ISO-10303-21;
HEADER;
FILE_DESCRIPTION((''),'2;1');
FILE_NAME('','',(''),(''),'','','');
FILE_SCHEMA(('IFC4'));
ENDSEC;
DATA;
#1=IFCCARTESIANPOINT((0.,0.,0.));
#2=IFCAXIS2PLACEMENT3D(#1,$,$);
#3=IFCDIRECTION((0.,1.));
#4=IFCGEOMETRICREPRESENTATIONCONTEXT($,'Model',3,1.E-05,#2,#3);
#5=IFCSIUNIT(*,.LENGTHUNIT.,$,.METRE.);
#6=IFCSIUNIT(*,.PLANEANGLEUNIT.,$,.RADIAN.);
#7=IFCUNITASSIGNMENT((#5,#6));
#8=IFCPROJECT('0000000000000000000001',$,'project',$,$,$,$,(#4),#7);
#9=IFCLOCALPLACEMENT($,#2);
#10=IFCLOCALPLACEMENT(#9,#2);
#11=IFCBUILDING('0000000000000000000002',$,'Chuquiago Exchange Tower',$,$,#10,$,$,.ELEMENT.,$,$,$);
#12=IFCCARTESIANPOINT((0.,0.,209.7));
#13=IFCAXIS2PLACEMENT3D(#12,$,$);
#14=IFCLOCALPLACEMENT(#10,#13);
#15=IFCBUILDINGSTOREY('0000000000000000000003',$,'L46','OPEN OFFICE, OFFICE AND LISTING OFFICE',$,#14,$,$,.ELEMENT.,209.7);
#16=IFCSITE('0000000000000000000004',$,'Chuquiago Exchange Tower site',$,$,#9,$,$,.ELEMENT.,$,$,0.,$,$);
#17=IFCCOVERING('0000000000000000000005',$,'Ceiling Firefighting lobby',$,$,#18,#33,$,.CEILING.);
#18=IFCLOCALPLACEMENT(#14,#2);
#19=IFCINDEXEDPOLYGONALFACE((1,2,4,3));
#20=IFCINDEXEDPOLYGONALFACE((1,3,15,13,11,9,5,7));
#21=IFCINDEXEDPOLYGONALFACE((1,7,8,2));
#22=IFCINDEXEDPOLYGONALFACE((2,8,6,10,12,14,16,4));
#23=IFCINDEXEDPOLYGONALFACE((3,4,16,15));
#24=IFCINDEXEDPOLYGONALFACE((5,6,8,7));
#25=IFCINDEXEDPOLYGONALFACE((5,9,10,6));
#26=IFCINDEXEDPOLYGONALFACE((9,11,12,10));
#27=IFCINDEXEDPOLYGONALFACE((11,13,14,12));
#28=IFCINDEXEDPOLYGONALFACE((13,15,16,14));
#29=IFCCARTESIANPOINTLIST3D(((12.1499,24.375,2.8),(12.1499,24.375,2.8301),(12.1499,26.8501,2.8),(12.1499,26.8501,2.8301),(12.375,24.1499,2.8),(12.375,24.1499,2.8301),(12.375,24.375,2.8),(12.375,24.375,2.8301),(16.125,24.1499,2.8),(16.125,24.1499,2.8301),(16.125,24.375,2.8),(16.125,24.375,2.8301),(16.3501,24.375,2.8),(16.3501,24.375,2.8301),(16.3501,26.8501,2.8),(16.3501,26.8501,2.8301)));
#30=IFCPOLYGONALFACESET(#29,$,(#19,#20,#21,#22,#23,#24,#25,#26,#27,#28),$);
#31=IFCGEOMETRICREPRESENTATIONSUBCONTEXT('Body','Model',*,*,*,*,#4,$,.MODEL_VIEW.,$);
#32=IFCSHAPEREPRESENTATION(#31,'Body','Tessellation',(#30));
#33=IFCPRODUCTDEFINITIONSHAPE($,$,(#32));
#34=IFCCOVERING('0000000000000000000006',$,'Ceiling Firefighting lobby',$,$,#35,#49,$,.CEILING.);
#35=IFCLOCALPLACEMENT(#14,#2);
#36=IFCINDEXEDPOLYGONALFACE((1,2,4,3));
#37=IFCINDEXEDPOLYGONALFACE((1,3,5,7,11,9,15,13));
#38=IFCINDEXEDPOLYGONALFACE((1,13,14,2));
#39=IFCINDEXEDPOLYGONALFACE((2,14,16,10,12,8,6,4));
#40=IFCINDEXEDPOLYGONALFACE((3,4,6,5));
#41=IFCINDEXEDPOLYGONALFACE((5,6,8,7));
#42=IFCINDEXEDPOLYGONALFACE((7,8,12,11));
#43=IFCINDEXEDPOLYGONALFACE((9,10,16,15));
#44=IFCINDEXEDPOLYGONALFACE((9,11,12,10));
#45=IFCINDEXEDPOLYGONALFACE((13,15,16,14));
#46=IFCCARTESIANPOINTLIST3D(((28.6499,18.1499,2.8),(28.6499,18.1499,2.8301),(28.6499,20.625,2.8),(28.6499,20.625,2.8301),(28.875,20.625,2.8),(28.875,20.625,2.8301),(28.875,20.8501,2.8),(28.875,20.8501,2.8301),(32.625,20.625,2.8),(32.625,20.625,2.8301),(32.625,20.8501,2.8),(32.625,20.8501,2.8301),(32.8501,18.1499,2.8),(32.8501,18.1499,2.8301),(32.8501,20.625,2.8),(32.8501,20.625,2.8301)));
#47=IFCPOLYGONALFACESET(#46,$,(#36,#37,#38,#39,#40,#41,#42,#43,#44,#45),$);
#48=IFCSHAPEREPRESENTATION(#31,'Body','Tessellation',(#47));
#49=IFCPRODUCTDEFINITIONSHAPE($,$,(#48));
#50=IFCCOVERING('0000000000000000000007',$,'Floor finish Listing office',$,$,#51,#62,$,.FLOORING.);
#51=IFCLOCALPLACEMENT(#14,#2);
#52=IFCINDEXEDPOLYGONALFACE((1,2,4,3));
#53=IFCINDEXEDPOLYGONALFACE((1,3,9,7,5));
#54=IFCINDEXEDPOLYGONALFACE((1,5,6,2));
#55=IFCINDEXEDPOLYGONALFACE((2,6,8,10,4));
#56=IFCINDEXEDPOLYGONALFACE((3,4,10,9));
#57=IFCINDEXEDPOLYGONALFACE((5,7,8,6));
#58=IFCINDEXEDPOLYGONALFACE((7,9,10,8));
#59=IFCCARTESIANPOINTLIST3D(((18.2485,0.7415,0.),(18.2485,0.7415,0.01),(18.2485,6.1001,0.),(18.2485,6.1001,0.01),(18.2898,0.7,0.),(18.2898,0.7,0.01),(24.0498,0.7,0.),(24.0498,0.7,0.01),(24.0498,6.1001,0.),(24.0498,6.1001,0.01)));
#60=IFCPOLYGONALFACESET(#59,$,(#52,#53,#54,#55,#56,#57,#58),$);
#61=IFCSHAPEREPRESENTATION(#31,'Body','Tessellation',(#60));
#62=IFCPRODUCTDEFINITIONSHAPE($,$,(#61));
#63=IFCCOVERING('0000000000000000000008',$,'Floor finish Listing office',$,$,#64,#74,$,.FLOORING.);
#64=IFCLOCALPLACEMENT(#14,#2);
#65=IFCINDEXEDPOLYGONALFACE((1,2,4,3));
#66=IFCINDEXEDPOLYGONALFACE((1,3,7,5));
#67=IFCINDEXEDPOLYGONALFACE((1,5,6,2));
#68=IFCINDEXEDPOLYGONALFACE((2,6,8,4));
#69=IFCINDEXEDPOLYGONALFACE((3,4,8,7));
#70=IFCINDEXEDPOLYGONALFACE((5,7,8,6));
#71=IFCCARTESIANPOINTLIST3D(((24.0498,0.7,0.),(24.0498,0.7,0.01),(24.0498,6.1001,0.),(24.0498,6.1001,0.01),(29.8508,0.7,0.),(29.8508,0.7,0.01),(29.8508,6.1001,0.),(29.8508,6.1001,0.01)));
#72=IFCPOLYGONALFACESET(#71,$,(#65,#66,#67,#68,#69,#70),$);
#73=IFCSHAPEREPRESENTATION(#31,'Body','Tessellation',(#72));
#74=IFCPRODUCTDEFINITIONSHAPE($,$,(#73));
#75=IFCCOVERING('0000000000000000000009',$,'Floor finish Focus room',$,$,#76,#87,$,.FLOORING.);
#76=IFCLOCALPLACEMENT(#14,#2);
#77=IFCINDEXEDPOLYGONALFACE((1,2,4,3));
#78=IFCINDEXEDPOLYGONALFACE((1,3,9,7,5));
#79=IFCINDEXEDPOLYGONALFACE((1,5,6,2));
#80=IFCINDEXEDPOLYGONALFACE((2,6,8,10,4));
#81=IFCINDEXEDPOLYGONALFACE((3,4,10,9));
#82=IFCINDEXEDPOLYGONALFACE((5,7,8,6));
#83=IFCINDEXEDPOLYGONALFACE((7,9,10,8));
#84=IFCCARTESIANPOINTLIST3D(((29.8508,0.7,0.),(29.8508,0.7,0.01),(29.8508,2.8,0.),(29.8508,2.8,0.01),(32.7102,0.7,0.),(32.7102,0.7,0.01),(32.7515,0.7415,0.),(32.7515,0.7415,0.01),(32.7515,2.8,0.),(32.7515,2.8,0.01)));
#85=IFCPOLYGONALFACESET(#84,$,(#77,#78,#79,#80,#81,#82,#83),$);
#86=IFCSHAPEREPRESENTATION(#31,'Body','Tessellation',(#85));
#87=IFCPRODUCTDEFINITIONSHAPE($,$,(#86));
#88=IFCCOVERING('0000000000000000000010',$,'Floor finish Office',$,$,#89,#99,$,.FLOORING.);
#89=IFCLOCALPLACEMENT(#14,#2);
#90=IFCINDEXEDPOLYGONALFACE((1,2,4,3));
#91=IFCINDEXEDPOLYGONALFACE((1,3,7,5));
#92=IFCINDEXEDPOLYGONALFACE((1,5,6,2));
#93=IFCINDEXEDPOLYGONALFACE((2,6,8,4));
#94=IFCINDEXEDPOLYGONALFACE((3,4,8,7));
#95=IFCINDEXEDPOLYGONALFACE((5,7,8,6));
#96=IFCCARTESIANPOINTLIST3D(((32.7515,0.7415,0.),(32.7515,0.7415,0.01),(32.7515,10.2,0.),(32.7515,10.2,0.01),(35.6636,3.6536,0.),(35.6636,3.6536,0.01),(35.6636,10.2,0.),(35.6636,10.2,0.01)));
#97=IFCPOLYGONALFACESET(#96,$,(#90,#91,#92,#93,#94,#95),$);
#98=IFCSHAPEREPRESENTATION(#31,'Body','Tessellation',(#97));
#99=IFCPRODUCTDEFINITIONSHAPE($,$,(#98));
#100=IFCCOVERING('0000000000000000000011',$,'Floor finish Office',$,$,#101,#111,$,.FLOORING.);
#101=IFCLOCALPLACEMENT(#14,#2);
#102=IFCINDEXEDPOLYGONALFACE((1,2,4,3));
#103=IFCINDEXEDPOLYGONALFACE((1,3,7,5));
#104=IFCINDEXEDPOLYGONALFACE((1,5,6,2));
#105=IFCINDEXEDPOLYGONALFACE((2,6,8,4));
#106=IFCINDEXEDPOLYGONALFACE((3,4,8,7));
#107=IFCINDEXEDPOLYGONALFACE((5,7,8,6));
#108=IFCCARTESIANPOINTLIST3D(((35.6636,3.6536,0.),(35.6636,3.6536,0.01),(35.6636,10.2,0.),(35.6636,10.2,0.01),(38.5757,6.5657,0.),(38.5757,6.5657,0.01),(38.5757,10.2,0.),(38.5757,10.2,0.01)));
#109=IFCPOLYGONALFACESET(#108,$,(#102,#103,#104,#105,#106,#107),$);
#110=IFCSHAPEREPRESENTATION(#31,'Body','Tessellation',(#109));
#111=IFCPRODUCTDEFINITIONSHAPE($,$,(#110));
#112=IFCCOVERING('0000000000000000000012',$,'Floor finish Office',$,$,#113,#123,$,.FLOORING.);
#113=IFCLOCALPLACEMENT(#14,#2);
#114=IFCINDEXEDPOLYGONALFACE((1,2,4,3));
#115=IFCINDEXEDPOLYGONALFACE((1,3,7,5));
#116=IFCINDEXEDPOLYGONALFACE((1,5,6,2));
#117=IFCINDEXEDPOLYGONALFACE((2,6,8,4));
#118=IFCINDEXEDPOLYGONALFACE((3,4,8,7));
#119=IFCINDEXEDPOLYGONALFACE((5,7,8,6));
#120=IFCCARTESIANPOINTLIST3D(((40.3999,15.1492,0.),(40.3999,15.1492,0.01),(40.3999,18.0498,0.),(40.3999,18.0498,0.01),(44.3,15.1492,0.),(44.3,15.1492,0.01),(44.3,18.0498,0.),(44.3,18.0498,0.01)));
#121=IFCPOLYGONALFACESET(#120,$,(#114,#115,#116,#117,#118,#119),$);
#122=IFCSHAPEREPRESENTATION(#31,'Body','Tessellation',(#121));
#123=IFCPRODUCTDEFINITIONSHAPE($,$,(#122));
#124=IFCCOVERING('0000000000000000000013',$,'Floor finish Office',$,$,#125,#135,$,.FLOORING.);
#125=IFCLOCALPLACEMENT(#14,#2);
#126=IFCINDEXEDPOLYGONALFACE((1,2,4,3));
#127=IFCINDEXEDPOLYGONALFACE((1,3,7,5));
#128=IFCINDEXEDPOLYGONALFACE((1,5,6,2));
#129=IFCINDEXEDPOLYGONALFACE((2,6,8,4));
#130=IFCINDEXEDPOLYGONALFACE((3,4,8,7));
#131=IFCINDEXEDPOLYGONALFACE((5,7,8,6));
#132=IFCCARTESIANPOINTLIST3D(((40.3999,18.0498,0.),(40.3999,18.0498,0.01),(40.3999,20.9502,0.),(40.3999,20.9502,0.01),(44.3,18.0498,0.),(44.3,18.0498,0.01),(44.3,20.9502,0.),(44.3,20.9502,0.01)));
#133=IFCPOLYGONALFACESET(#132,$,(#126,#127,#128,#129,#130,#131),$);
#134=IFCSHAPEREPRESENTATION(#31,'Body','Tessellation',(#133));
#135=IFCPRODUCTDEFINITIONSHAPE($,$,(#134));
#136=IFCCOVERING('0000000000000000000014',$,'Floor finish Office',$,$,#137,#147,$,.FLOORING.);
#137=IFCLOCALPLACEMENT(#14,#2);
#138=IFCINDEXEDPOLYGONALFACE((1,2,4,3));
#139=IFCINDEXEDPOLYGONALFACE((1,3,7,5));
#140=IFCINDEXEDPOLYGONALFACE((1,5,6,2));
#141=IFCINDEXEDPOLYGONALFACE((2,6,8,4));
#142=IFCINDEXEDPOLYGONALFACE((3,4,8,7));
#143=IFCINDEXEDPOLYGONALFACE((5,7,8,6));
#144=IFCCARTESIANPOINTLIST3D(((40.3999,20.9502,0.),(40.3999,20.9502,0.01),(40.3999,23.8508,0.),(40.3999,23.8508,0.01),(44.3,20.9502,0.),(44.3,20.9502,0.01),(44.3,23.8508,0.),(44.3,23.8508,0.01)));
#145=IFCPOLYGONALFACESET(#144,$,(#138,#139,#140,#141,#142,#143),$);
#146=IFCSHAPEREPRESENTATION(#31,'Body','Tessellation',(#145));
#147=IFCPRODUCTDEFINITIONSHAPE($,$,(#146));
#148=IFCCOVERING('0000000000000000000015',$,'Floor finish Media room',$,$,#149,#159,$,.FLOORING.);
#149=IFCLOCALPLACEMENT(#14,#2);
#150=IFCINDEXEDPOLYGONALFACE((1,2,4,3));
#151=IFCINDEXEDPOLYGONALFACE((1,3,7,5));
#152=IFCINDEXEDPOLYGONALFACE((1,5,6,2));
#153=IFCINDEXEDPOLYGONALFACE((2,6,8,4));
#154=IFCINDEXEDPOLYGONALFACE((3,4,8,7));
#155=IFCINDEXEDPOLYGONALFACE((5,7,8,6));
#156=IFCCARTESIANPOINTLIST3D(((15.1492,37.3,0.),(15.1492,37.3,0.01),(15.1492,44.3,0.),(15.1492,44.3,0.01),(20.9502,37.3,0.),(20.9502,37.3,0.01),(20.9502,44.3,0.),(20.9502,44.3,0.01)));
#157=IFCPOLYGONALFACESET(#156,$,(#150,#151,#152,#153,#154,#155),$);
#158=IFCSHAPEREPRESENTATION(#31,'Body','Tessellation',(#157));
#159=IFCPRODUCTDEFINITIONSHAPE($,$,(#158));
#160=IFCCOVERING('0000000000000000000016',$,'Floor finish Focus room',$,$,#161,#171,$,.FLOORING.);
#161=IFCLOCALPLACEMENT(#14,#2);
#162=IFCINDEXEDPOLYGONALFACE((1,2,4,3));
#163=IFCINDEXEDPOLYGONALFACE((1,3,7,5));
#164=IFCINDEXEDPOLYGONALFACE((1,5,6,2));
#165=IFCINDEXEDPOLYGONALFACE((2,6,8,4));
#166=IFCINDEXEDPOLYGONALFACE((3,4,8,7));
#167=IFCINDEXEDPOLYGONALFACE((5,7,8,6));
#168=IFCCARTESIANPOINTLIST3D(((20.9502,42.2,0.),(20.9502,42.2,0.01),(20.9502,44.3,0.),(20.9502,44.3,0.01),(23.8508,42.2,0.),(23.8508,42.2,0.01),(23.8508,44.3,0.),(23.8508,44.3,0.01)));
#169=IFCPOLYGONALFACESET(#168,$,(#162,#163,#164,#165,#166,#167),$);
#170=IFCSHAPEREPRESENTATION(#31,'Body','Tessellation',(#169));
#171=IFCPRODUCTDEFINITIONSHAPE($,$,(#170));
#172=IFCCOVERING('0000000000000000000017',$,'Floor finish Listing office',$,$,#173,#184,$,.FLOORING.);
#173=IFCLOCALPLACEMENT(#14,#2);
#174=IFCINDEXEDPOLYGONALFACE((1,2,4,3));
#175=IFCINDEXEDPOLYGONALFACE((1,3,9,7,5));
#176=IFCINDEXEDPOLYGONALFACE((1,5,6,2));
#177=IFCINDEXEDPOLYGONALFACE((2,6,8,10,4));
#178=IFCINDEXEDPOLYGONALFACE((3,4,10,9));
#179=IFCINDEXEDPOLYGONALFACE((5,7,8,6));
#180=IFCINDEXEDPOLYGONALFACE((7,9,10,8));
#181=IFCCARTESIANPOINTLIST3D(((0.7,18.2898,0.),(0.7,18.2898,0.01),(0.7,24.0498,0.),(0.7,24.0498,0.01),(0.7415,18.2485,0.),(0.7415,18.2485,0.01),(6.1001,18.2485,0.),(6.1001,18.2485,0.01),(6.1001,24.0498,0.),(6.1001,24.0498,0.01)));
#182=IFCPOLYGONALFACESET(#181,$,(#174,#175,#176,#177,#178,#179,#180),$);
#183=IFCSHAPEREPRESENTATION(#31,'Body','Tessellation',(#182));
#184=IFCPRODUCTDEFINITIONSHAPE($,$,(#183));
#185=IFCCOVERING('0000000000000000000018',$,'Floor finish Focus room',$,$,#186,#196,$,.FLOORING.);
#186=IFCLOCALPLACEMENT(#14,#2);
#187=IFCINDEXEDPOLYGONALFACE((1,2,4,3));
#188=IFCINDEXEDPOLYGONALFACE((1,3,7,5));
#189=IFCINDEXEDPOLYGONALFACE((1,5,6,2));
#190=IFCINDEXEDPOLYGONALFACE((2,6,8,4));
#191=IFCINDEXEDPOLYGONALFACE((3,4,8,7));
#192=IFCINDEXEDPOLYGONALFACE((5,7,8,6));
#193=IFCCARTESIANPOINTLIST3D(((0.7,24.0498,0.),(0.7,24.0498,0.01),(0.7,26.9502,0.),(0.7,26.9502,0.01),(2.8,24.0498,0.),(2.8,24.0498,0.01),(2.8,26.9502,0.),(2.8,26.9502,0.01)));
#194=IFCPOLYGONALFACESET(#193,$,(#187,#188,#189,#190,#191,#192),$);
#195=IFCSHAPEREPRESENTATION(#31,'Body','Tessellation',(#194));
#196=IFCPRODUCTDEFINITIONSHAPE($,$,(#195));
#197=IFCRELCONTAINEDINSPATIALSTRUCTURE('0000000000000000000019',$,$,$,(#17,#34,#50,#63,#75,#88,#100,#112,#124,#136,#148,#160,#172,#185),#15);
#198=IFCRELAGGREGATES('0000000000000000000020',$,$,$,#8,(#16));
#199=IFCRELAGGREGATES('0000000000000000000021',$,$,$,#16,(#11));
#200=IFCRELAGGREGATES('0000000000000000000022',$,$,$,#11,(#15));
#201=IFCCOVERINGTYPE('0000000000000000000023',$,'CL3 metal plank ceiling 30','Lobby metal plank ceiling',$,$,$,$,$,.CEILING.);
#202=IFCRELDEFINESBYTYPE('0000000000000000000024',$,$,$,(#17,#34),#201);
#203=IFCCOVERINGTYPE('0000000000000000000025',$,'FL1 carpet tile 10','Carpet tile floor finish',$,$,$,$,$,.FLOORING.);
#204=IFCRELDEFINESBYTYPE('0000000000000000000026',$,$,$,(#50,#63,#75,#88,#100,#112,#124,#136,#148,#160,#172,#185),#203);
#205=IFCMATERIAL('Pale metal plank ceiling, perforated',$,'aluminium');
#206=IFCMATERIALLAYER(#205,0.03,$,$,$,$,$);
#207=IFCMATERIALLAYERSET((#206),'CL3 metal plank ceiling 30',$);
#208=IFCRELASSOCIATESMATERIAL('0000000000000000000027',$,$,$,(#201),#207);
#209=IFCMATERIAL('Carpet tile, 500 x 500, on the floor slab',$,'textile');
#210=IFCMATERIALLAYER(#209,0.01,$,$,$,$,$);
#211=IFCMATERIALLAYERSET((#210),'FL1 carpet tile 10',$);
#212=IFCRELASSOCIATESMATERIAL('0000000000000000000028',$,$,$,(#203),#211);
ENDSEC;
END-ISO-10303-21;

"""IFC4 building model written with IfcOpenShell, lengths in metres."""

from ifc_helpers import new_model, si_unit, direction, frame, origin, place, context, subcontext, project, spatial, polyline, outline, extrude, material, layer, layer_set, type_object, element, save


model = new_model("IFC4")

# Units and contexts
model_context = context("Model", 3, precision=1e-05, world=origin(), true_north=direction((0.0, 1.0)))
body_context = subcontext(model_context, "Body", "Model", "MODEL_VIEW")
ifc_project = project(units=[si_unit("LENGTHUNIT", "METRE"), si_unit("PLANEANGLEUNIT", "RADIAN")], contexts=[model_context])

# Site, building, storey
site_placement = place(None, origin())
site = spatial("IfcSite", under=ifc_project, at=site_placement, Name="Chuquiago Exchange Tower site", CompositionType="ELEMENT", RefElevation=0.0)
building_placement = place(site_placement, origin())
building = spatial("IfcBuilding", under=site, at=building_placement, Name="Chuquiago Exchange Tower", CompositionType="ELEMENT")
storey_placement = place(building_placement, frame((0.0, 0.0, 209.7)))
storey = spatial("IfcBuildingStorey", under=building, at=storey_placement, Name="L46", Description="OPEN OFFICE, OFFICE AND LISTING OFFICE", CompositionType="ELEMENT", Elevation=209.7)

# Coverings
ifc_material_1 = material(Name="Pale metal plank ceiling, perforated", Category="aluminium")
ifc_layer_1 = layer(ifc_material_1, 0.03)
ifc_layer_set_1 = layer_set([ifc_layer_1], Name="CL3 metal plank ceiling 30")
covering_type_1 = type_object("IfcCoveringType", Name="CL3 metal plank ceiling 30", Description="Lobby metal plank ceiling", PredefinedType="CEILING", material=ifc_layer_set_1)
covering_1_placement = place(storey_placement, frame((0.0, 0.0, 2.8)))
element("IfcCovering", 1, at=covering_1_placement, inside=storey, type_object=covering_type_1, Name="Ceiling Firefighting lobby", PredefinedType="CEILING", context=body_context, shape_type="SweptSolid", body=[
    extrude(outline(polyline([(12.375, 24.1499), (12.375, 24.375), (12.1499, 24.375), (12.1499, 26.8501), (16.3501, 26.8501), (16.3501, 24.375), (16.125, 24.375), (16.125, 24.1499), (12.375, 24.1499)])), origin(), (0.0, 0.0, 1.0), 0.03),
])
covering_2_placement = place(storey_placement, frame((0.0, 0.0, 2.8)))
element("IfcCovering", 2, at=covering_2_placement, inside=storey, type_object=covering_type_1, Name="Ceiling Firefighting lobby", PredefinedType="CEILING", context=body_context, shape_type="SweptSolid", body=[
    extrude(outline(polyline([(28.6499, 18.1499), (28.6499, 20.625), (28.875, 20.625), (28.875, 20.8501), (32.625, 20.8501), (32.625, 20.625), (32.8501, 20.625), (32.8501, 18.1499), (28.6499, 18.1499)])), origin(), (0.0, 0.0, 1.0), 0.03),
])
ifc_material_2 = material(Name="Carpet tile, 500 x 500, on the floor slab", Category="textile")
ifc_layer_2 = layer(ifc_material_2, 0.01)
ifc_layer_set_2 = layer_set([ifc_layer_2], Name="FL1 carpet tile 10")
covering_type_2 = type_object("IfcCoveringType", Name="FL1 carpet tile 10", Description="Carpet tile floor finish", PredefinedType="FLOORING", material=ifc_layer_set_2)
covering_3_placement = place(storey_placement, origin())
element("IfcCovering", 3, at=covering_3_placement, inside=storey, type_object=covering_type_2, Name="Floor finish Listing office", PredefinedType="FLOORING", context=body_context, shape_type="SweptSolid", body=[
    extrude(outline(polyline([(18.2898, 0.7), (18.2485, 0.7415), (18.2485, 6.1001), (24.0498, 6.1001), (24.0498, 0.7), (18.2898, 0.7)])), origin(), (0.0, 0.0, 1.0), 0.01),
])
covering_4_placement = place(storey_placement, origin())
element("IfcCovering", 4, at=covering_4_placement, inside=storey, type_object=covering_type_2, Name="Floor finish Listing office", PredefinedType="FLOORING", context=body_context, shape_type="SweptSolid", body=[
    extrude(outline(polyline([(24.0498, 0.7), (24.0498, 6.1001), (29.8508, 6.1001), (29.8508, 0.7), (24.0498, 0.7)])), origin(), (0.0, 0.0, 1.0), 0.01),
])
covering_5_placement = place(storey_placement, origin())
element("IfcCovering", 5, at=covering_5_placement, inside=storey, type_object=covering_type_2, Name="Floor finish Focus room", PredefinedType="FLOORING", context=body_context, shape_type="SweptSolid", body=[
    extrude(outline(polyline([(32.7102, 0.7), (29.8508, 0.7), (29.8508, 2.8), (32.7515, 2.8), (32.7515, 0.7415), (32.7102, 0.7)])), origin(), (0.0, 0.0, 1.0), 0.01),
])
covering_6_placement = place(storey_placement, origin())
element("IfcCovering", 6, at=covering_6_placement, inside=storey, type_object=covering_type_2, Name="Floor finish Office", PredefinedType="FLOORING", context=body_context, shape_type="SweptSolid", body=[
    extrude(outline(polyline([(32.7515, 0.7415), (32.7515, 10.2), (35.6636, 10.2), (35.6636, 3.6536), (32.7515, 0.7415)])), origin(), (0.0, 0.0, 1.0), 0.01),
])
covering_7_placement = place(storey_placement, origin())
element("IfcCovering", 7, at=covering_7_placement, inside=storey, type_object=covering_type_2, Name="Floor finish Office", PredefinedType="FLOORING", context=body_context, shape_type="SweptSolid", body=[
    extrude(outline(polyline([(35.6636, 3.6536), (35.6636, 10.2), (38.5757, 10.2), (38.5757, 6.5657), (35.6636, 3.6536)])), origin(), (0.0, 0.0, 1.0), 0.01),
])
covering_8_placement = place(storey_placement, origin())
element("IfcCovering", 8, at=covering_8_placement, inside=storey, type_object=covering_type_2, Name="Floor finish Office", PredefinedType="FLOORING", context=body_context, shape_type="SweptSolid", body=[
    extrude(outline(polyline([(44.3, 15.1492), (40.3999, 15.1492), (40.3999, 18.0498), (44.3, 18.0498), (44.3, 15.1492)])), origin(), (0.0, 0.0, 1.0), 0.01),
])
covering_9_placement = place(storey_placement, origin())
element("IfcCovering", 9, at=covering_9_placement, inside=storey, type_object=covering_type_2, Name="Floor finish Office", PredefinedType="FLOORING", context=body_context, shape_type="SweptSolid", body=[
    extrude(outline(polyline([(44.3, 18.0498), (40.3999, 18.0498), (40.3999, 20.9502), (44.3, 20.9502), (44.3, 18.0498)])), origin(), (0.0, 0.0, 1.0), 0.01),
])
covering_10_placement = place(storey_placement, origin())
element("IfcCovering", 10, at=covering_10_placement, inside=storey, type_object=covering_type_2, Name="Floor finish Office", PredefinedType="FLOORING", context=body_context, shape_type="SweptSolid", body=[
    extrude(outline(polyline([(44.3, 20.9502), (40.3999, 20.9502), (40.3999, 23.8508), (44.3, 23.8508), (44.3, 20.9502)])), origin(), (0.0, 0.0, 1.0), 0.01),
])
covering_11_placement = place(storey_placement, origin())
element("IfcCovering", 11, at=covering_11_placement, inside=storey, type_object=covering_type_2, Name="Floor finish Media room", PredefinedType="FLOORING", context=body_context, shape_type="SweptSolid", body=[
    extrude(outline(polyline([(20.9502, 44.3), (20.9502, 37.3), (15.1492, 37.3), (15.1492, 44.3), (20.9502, 44.3)])), origin(), (0.0, 0.0, 1.0), 0.01),
])
covering_12_placement = place(storey_placement, origin())
element("IfcCovering", 12, at=covering_12_placement, inside=storey, type_object=covering_type_2, Name="Floor finish Focus room", PredefinedType="FLOORING", context=body_context, shape_type="SweptSolid", body=[
    extrude(outline(polyline([(23.8508, 44.3), (23.8508, 42.2), (20.9502, 42.2), (20.9502, 44.3), (23.8508, 44.3)])), origin(), (0.0, 0.0, 1.0), 0.01),
])
covering_13_placement = place(storey_placement, origin())
element("IfcCovering", 13, at=covering_13_placement, inside=storey, type_object=covering_type_2, Name="Floor finish Listing office", PredefinedType="FLOORING", context=body_context, shape_type="SweptSolid", body=[
    extrude(outline(polyline([(0.7, 24.0498), (6.1001, 24.0498), (6.1001, 18.2485), (0.7415, 18.2485), (0.7, 18.2898), (0.7, 24.0498)])), origin(), (0.0, 0.0, 1.0), 0.01),
])
covering_14_placement = place(storey_placement, origin())
element("IfcCovering", 14, at=covering_14_placement, inside=storey, type_object=covering_type_2, Name="Floor finish Focus room", PredefinedType="FLOORING", context=body_context, shape_type="SweptSolid", body=[
    extrude(outline(polyline([(0.7, 26.9502), (2.8, 26.9502), (2.8, 24.0498), (0.7, 24.0498), (0.7, 26.9502)])), origin(), (0.0, 0.0, 1.0), 0.01),
])

save(model, "model.ifc")
